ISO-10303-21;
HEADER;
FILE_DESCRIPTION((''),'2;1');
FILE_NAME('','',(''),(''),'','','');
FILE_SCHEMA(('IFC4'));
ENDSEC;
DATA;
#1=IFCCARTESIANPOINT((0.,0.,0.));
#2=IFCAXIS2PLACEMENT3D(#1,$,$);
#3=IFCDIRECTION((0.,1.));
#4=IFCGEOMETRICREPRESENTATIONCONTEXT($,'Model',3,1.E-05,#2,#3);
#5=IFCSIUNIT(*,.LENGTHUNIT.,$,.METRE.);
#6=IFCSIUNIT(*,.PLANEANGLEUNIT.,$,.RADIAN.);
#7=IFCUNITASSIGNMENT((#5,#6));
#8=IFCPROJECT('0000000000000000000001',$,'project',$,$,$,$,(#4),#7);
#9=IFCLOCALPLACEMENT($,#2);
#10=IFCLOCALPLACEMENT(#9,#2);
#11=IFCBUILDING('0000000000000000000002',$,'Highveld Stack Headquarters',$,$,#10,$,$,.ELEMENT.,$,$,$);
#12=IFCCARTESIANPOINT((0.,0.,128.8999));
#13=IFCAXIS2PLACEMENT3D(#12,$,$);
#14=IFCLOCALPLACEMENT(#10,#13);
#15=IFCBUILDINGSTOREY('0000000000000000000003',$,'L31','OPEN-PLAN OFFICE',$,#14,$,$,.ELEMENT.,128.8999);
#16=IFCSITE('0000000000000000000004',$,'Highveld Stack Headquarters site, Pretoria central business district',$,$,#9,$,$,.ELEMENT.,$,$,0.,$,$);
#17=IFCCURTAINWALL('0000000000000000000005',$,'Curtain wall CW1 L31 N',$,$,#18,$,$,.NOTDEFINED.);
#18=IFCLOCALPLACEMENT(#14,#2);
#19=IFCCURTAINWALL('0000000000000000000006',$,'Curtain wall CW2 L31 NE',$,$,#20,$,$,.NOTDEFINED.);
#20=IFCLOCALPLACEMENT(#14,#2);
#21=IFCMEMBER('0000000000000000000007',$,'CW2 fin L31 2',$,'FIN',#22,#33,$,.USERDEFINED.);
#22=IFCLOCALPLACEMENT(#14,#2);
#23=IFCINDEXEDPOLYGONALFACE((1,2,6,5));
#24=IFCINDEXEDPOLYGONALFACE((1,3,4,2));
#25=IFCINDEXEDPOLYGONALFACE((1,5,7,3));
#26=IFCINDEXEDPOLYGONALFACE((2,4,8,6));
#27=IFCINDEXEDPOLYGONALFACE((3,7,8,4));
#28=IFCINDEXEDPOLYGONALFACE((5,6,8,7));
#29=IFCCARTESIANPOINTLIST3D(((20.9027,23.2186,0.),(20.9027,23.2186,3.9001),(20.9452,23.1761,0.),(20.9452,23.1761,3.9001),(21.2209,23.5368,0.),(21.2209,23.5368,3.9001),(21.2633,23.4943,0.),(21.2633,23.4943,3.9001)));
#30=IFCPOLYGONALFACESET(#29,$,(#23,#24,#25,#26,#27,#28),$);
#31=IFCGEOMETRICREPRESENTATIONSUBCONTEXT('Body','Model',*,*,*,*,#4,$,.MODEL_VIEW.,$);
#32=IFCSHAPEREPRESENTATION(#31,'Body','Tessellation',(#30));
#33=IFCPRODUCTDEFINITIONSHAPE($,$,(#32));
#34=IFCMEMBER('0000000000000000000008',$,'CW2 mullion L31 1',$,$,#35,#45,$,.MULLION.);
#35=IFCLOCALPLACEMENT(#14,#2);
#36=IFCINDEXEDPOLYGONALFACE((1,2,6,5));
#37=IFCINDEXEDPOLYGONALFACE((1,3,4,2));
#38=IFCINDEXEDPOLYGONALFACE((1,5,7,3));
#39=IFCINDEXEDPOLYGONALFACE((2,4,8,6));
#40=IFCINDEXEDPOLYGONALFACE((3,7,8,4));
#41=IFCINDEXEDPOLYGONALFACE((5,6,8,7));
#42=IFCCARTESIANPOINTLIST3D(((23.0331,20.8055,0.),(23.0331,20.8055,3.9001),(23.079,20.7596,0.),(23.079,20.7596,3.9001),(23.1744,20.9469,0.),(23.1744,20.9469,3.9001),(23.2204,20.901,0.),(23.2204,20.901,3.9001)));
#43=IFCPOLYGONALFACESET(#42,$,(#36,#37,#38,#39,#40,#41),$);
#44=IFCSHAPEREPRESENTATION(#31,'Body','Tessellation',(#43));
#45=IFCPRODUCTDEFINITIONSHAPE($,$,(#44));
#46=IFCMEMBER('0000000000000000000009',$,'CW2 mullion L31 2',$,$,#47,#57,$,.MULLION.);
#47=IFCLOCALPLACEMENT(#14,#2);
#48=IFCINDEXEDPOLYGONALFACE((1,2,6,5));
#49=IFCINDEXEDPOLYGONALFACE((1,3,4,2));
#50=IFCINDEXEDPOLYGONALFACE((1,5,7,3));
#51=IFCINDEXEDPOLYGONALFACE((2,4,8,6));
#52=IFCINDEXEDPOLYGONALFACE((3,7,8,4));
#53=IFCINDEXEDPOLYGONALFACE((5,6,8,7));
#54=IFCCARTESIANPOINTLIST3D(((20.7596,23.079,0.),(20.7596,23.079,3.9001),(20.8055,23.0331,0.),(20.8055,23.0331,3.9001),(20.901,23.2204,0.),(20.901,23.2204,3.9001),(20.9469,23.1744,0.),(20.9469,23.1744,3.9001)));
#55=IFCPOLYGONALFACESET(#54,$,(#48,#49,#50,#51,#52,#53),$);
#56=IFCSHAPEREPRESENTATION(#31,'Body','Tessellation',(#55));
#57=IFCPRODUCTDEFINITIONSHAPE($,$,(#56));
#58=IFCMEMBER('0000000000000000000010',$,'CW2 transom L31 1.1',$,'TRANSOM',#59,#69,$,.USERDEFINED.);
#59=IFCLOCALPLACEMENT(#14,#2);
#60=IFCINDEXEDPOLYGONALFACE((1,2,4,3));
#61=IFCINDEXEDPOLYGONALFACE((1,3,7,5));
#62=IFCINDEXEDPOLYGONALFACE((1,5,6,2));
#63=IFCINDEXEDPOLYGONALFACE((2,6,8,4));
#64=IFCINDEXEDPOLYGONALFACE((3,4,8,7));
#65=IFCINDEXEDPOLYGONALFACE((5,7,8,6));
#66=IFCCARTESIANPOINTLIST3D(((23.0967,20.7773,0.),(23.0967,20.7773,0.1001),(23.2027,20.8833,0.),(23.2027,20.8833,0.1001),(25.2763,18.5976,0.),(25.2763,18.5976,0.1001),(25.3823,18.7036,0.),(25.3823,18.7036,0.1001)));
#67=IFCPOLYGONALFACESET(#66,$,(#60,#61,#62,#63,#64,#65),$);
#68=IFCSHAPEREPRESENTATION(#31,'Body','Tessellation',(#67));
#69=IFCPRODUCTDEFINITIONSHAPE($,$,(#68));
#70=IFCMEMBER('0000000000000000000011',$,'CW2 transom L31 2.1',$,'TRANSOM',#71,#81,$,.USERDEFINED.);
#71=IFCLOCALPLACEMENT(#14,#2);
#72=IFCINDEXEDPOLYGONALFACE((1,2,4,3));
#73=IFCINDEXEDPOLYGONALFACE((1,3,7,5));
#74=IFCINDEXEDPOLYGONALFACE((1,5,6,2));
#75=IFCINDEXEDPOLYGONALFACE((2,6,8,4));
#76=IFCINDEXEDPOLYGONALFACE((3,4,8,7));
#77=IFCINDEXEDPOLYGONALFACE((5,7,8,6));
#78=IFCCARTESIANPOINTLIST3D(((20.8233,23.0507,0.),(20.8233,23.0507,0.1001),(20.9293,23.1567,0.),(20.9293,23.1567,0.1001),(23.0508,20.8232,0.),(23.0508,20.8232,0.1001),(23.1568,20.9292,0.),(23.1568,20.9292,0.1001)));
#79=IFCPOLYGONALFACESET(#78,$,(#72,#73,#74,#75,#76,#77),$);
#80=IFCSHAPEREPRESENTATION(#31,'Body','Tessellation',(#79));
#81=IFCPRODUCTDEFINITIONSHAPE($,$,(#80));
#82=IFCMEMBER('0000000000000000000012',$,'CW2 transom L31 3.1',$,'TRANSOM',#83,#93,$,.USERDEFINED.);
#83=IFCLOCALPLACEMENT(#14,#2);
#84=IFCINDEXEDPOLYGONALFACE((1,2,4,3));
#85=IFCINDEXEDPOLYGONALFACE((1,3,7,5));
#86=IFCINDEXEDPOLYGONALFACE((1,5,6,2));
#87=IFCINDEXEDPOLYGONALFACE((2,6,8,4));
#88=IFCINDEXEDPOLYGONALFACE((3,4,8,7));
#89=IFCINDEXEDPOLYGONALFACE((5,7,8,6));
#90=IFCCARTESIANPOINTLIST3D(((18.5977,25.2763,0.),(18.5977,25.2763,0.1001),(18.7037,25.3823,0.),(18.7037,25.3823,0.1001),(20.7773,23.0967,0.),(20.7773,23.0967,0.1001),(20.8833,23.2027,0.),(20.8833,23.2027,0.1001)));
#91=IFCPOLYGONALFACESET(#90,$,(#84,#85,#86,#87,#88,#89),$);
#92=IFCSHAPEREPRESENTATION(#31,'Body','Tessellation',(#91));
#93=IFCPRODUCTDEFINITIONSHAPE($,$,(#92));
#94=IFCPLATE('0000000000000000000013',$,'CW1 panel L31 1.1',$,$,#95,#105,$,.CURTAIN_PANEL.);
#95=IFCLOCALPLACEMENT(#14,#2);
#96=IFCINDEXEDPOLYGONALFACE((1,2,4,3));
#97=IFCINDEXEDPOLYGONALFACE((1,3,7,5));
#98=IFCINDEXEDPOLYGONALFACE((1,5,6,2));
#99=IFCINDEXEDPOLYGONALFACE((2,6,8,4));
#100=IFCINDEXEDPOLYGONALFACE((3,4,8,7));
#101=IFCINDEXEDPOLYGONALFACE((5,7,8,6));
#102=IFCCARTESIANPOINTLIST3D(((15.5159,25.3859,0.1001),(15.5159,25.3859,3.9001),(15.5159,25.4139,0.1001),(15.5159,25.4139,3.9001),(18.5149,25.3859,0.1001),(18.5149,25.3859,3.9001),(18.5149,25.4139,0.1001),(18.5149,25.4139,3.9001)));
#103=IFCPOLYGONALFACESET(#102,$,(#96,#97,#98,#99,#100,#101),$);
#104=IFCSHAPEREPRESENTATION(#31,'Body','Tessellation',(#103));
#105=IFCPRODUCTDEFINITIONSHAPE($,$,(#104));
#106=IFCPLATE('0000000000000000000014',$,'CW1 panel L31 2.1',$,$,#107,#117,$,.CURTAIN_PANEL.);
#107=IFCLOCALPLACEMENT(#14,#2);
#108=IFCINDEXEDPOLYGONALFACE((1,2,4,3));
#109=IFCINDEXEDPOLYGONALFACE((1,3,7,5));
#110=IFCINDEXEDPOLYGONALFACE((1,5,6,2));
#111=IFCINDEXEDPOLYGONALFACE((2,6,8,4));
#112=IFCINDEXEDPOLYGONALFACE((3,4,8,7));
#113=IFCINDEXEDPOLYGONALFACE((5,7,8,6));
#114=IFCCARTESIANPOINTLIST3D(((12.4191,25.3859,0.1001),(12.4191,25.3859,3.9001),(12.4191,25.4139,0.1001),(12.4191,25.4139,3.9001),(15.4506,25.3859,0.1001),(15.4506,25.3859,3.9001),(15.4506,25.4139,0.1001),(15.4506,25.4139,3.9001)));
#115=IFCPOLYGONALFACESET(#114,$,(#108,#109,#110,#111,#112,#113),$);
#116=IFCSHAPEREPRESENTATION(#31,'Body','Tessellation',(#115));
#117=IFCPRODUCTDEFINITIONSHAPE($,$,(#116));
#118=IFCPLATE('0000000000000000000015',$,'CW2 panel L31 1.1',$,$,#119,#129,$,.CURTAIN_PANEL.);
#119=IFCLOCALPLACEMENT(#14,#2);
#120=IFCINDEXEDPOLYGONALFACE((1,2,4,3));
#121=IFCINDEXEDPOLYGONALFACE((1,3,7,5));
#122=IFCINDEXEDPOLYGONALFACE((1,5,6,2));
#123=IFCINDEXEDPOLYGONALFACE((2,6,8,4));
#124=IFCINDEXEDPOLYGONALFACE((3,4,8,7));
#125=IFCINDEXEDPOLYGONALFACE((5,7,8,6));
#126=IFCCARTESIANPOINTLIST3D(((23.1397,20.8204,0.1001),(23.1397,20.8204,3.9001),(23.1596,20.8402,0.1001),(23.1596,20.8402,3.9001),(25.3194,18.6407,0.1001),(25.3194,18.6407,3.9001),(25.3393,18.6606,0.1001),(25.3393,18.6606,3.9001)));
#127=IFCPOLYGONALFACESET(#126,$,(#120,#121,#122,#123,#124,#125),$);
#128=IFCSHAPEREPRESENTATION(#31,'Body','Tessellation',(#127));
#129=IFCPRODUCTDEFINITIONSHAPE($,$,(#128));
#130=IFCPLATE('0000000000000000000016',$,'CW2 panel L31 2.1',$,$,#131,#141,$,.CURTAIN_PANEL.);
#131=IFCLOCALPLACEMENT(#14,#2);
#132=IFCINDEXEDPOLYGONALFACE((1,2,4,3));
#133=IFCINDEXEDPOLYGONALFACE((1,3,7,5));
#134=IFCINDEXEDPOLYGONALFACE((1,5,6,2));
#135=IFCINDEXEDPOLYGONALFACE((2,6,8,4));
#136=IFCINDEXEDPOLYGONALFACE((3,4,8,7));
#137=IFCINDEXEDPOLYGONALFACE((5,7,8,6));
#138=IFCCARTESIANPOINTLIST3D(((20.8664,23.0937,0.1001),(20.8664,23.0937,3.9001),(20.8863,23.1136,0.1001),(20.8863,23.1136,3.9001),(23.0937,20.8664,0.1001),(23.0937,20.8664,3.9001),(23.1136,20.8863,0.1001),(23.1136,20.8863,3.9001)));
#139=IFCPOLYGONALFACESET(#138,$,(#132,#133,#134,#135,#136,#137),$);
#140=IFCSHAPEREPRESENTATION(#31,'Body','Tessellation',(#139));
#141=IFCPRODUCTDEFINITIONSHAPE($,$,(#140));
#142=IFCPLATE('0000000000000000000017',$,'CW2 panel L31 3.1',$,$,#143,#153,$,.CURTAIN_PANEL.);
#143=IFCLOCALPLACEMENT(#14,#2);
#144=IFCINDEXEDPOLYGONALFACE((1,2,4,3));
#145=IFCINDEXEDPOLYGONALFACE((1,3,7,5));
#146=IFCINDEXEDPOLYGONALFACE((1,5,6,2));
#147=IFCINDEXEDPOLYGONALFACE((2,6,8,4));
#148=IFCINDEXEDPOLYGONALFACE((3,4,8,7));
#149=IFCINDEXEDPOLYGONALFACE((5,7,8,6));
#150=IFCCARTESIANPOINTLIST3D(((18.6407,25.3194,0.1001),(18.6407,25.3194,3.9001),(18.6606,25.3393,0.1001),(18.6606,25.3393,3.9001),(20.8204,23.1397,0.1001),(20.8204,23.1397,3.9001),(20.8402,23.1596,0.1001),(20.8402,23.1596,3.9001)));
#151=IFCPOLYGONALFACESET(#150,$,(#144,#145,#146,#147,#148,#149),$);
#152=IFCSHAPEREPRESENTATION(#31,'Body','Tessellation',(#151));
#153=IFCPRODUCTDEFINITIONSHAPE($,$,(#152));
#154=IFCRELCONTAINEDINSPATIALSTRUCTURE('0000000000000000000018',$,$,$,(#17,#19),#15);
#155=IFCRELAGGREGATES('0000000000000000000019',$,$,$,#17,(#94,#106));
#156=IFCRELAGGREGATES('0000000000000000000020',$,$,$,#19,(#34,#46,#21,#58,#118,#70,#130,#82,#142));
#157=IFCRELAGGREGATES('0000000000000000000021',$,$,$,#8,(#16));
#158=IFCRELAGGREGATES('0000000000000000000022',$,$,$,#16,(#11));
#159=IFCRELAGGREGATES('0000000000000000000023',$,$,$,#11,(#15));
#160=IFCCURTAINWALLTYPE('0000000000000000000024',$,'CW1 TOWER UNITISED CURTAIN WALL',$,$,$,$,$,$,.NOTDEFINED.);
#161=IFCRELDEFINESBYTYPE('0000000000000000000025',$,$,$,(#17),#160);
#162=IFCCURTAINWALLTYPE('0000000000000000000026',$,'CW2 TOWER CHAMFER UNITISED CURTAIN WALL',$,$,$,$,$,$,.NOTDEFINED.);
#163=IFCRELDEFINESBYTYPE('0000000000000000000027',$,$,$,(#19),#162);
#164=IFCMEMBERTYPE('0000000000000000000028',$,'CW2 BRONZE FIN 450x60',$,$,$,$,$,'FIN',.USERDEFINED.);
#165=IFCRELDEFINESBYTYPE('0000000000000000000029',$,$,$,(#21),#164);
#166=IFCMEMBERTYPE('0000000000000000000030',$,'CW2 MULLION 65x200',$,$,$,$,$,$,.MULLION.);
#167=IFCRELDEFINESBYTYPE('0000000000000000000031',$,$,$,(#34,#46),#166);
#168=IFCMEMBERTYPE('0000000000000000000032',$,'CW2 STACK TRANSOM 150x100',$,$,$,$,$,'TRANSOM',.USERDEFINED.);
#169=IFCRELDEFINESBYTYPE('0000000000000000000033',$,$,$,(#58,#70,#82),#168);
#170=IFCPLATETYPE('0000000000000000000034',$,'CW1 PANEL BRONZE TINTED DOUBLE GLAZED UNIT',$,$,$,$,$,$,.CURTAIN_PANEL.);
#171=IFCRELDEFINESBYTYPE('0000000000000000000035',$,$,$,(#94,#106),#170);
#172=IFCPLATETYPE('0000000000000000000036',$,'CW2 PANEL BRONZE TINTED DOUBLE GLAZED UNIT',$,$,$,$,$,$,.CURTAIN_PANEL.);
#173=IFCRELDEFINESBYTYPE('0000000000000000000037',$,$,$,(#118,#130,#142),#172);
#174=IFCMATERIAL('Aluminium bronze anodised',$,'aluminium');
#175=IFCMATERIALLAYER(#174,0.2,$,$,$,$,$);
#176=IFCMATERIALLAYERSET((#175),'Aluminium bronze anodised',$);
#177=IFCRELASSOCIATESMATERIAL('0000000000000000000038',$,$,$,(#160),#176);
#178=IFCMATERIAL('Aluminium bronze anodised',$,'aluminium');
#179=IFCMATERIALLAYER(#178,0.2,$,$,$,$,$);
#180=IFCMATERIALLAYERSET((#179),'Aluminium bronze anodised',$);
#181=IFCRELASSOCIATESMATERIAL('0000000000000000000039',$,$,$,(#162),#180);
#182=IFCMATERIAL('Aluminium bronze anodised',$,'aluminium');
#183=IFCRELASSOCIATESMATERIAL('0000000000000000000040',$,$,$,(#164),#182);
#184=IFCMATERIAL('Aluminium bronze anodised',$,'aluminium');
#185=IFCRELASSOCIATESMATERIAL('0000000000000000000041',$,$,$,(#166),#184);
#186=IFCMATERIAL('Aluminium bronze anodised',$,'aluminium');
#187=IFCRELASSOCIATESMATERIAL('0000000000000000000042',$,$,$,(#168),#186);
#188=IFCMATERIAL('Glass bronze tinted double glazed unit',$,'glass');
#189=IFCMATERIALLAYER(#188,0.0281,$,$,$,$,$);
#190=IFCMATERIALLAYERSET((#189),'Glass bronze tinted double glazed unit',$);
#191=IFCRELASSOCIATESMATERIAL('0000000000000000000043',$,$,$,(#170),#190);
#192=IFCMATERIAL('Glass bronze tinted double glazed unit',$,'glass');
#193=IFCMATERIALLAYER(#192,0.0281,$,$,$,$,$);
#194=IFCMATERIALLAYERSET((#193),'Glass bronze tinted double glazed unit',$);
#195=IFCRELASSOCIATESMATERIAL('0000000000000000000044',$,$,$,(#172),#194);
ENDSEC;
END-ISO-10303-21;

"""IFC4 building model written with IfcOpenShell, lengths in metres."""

from ifc_helpers import new_model, si_unit, direction, frame, origin, origin_2d, place, context, subcontext, project, spatial, rectangle, extrude, material, layer, layer_set, material_profile, profile_set, type_object, element, aggregate, save


model = new_model("IFC4")

# Units and contexts
model_context = context("Model", 3, precision=1e-05, world=origin(), true_north=direction((0.0, 1.0)))
body_context = subcontext(model_context, "Body", "Model", "MODEL_VIEW")
ifc_project = project(units=[si_unit("LENGTHUNIT", "METRE"), si_unit("PLANEANGLEUNIT", "RADIAN")], contexts=[model_context])

# Site, building, storey
site_placement = place(None, origin())
site = spatial("IfcSite", under=ifc_project, at=site_placement, Name="Highveld Stack Headquarters site, Pretoria central business district", CompositionType="ELEMENT", RefElevation=0.0)
building_placement = place(site_placement, origin())
building = spatial("IfcBuilding", under=site, at=building_placement, Name="Highveld Stack Headquarters", CompositionType="ELEMENT")
storey_placement = place(building_placement, frame((0.0, 0.0, 128.8999)))
storey = spatial("IfcBuildingStorey", under=building, at=storey_placement, Name="L31", Description="OPEN-PLAN OFFICE", CompositionType="ELEMENT", Elevation=128.8999)

# Shared definitions
ifc_material_1 = material(Name="Aluminium bronze anodised", Category="aluminium")
ifc_layer_1 = layer(ifc_material_1, 0.2)
ifc_layer_set_1 = layer_set([ifc_layer_1], Name="Aluminium bronze anodised")
curtain_wall_type_1 = type_object("IfcCurtainWallType", Name="CW1 TOWER UNITISED CURTAIN WALL", PredefinedType="NOTDEFINED", material=ifc_layer_set_1)

# Curtain wall
curtain_wall_1_placement = place(storey_placement, origin())
curtain_wall_1 = element("IfcCurtainWall", 1, at=curtain_wall_1_placement, inside=storey, type_object=curtain_wall_type_1, Name="Curtain wall CW1 L31 N", PredefinedType="NOTDEFINED")

# Curtain wall, members
ifc_material_2 = material(Name="Aluminium bronze anodised", Category="aluminium")
ifc_layer_2 = layer(ifc_material_2, 0.2)
ifc_layer_set_2 = layer_set([ifc_layer_2], Name="Aluminium bronze anodised")
curtain_wall_type_2 = type_object("IfcCurtainWallType", Name="CW2 TOWER CHAMFER UNITISED CURTAIN WALL", PredefinedType="NOTDEFINED", material=ifc_layer_set_2)
curtain_wall_2_placement = place(storey_placement, origin())
curtain_wall_2 = element("IfcCurtainWall", 2, at=curtain_wall_2_placement, inside=storey, type_object=curtain_wall_type_2, Name="Curtain wall CW2 L31 NE", PredefinedType="NOTDEFINED")
ifc_material_3 = material(Name="Aluminium bronze anodised", Category="aluminium")
ifc_material_profile_1 = material_profile(ifc_material_3, rectangle(XDim=0.45, YDim=0.0601, at=origin_2d()), Name="FIN 450x60")
ifc_profile_set_1 = profile_set([ifc_material_profile_1], Name="Aluminium bronze anodised")
member_type_1 = type_object("IfcMemberType", Name="CW2 BRONZE FIN 450x60", ElementType="FIN", PredefinedType="USERDEFINED", material=ifc_profile_set_1)
member_1_placement = place(storey_placement, frame((21.083, 23.3564, 0.0), z_axis=(0.0, 0.0, 1.0), x_axis=(-0.707107, -0.707107, 0.0)))
member_1 = element("IfcMember", 3, at=member_1_placement, type_object=member_type_1, Name="CW2 fin L31 2", ObjectType="FIN", PredefinedType="USERDEFINED", context=body_context, shape_type="SweptSolid", body=[
    extrude(rectangle(XDim=0.45, YDim=0.0601, at=origin_2d()), origin(), (0.0, 0.0, 1.0), 3.9001),
])
ifc_material_4 = material(Name="Aluminium bronze anodised", Category="aluminium")
ifc_material_profile_2 = material_profile(ifc_material_4, rectangle(XDim=0.2, YDim=0.0649, at=origin_2d()), Name="CW2 MULLION 65x200")
ifc_profile_set_2 = profile_set([ifc_material_profile_2], Name="Aluminium bronze anodised")
member_type_2 = type_object("IfcMemberType", Name="CW2 MULLION 65x200", PredefinedType="MULLION", material=ifc_profile_set_2)
member_2_placement = place(storey_placement, frame((23.1267, 20.8533, 0.0), z_axis=(0.0, 0.0, 1.0), x_axis=(-0.707107, -0.707107, 0.0)))
member_2 = element("IfcMember", 4, at=member_2_placement, type_object=member_type_2, Name="CW2 mullion L31 1", PredefinedType="MULLION", context=body_context, shape_type="SweptSolid", body=[
    extrude(rectangle(XDim=0.2, YDim=0.0649, at=origin_2d()), origin(), (0.0, 0.0, 1.0), 3.9001),
])
member_3_placement = place(storey_placement, frame((20.8533, 23.1267, 0.0), z_axis=(0.0, 0.0, 1.0), x_axis=(-0.707107, -0.707107, 0.0)))
member_3 = element("IfcMember", 5, at=member_3_placement, type_object=member_type_2, Name="CW2 mullion L31 2", PredefinedType="MULLION", context=body_context, shape_type="SweptSolid", body=[
    extrude(rectangle(XDim=0.2, YDim=0.0649, at=origin_2d()), origin(), (0.0, 0.0, 1.0), 3.9001),
])
ifc_material_5 = material(Name="Aluminium bronze anodised", Category="aluminium")
ifc_material_profile_3 = material_profile(ifc_material_5, rectangle(XDim=0.1499, YDim=0.1001, at=origin_2d()), Name="CW2 TRANSOM 150x100")
ifc_profile_set_3 = profile_set([ifc_material_profile_3], Name="Aluminium bronze anodised")
member_type_3 = type_object("IfcMemberType", Name="CW2 STACK TRANSOM 150x100", ElementType="TRANSOM", PredefinedType="USERDEFINED", material=ifc_profile_set_3)
member_4_placement = place(storey_placement, frame((25.3293, 18.6506, 0.05), z_axis=(-0.707107, 0.707107, 0.0), x_axis=(-0.707107, -0.707107, 0.0)))
member_4 = element("IfcMember", 6, at=member_4_placement, type_object=member_type_3, Name="CW2 transom L31 1.1", ObjectType="TRANSOM", PredefinedType="USERDEFINED", context=body_context, shape_type="SweptSolid", body=[
    extrude(rectangle(XDim=0.1499, YDim=0.1001, at=origin_2d()), origin(), (0.0, 0.0, 1.0), 3.0825),
])
member_5_placement = place(storey_placement, frame((23.1038, 20.8762, 0.05), z_axis=(-0.707107, 0.707107, 0.0), x_axis=(-0.707107, -0.707107, 0.0)))
member_5 = element("IfcMember", 7, at=member_5_placement, type_object=member_type_3, Name="CW2 transom L31 2.1", ObjectType="TRANSOM", PredefinedType="USERDEFINED", context=body_context, shape_type="SweptSolid", body=[
    extrude(rectangle(XDim=0.1499, YDim=0.1001, at=origin_2d()), origin(), (0.0, 0.0, 1.0), 3.1501),
])
member_6_placement = place(storey_placement, frame((20.8303, 23.1497, 0.05), z_axis=(-0.707107, 0.707107, 0.0), x_axis=(-0.707107, -0.707107, 0.0)))
member_6 = element("IfcMember", 8, at=member_6_placement, type_object=member_type_3, Name="CW2 transom L31 3.1", ObjectType="TRANSOM", PredefinedType="USERDEFINED", context=body_context, shape_type="SweptSolid", body=[
    extrude(rectangle(XDim=0.1499, YDim=0.1001, at=origin_2d()), origin(), (0.0, 0.0, 1.0), 3.0825),
])

# Plates
ifc_material_6 = material(Name="Glass bronze tinted double glazed unit", Category="glass")
ifc_layer_3 = layer(ifc_material_6, 0.0281)
ifc_layer_set_3 = layer_set([ifc_layer_3], Name="Glass bronze tinted double glazed unit")
plate_type_1 = type_object("IfcPlateType", Name="CW1 PANEL BRONZE TINTED DOUBLE GLAZED UNIT", PredefinedType="CURTAIN_PANEL", material=ifc_layer_set_3)
plate_1_placement = place(storey_placement, frame((17.0154, 25.3999, 0.1001), z_axis=(0.0, 0.0, 1.0), x_axis=(-1.0, 0.0, 0.0)))
plate_1 = element("IfcPlate", 9, at=plate_1_placement, type_object=plate_type_1, Name="CW1 panel L31 1.1", PredefinedType="CURTAIN_PANEL", context=body_context, shape_type="SweptSolid", body=[
    extrude(rectangle(XDim=2.999, YDim=0.0281, at=origin_2d()), origin(), (0.0, 0.0, 1.0), 3.8),
])
plate_2_placement = place(storey_placement, frame((13.9348, 25.3999, 0.1001), z_axis=(0.0, 0.0, 1.0), x_axis=(-1.0, 0.0, 0.0)))
plate_2 = element("IfcPlate", 10, at=plate_2_placement, type_object=plate_type_1, Name="CW1 panel L31 2.1", PredefinedType="CURTAIN_PANEL", context=body_context, shape_type="SweptSolid", body=[
    extrude(rectangle(XDim=3.0315, YDim=0.0281, at=origin_2d()), origin(), (0.0, 0.0, 1.0), 3.8),
])
aggregate(curtain_wall_1, [plate_1, plate_2])
ifc_material_7 = material(Name="Glass bronze tinted double glazed unit", Category="glass")
ifc_layer_4 = layer(ifc_material_7, 0.0281)
ifc_layer_set_4 = layer_set([ifc_layer_4], Name="Glass bronze tinted double glazed unit")
plate_type_2 = type_object("IfcPlateType", Name="CW2 PANEL BRONZE TINTED DOUBLE GLAZED UNIT", PredefinedType="CURTAIN_PANEL", material=ifc_layer_set_4)
plate_3_placement = place(storey_placement, frame((24.2395, 19.7405, 0.1001), z_axis=(0.0, 0.0, 1.0), x_axis=(-0.707107, 0.707107, 0.0)))
plate_3 = element("IfcPlate", 11, at=plate_3_placement, type_object=plate_type_2, Name="CW2 panel L31 1.1", PredefinedType="CURTAIN_PANEL", context=body_context, shape_type="SweptSolid", body=[
    extrude(rectangle(XDim=3.0825, YDim=0.0281, at=origin_2d()), origin(), (0.0, 0.0, 1.0), 3.8),
])
plate_4_placement = place(storey_placement, frame((21.99, 21.99, 0.1001), z_axis=(0.0, 0.0, 1.0), x_axis=(-0.707107, 0.707107, 0.0)))
plate_4 = element("IfcPlate", 12, at=plate_4_placement, type_object=plate_type_2, Name="CW2 panel L31 2.1", PredefinedType="CURTAIN_PANEL", context=body_context, shape_type="SweptSolid", body=[
    extrude(rectangle(XDim=3.1499, YDim=0.0281, at=origin_2d()), origin(), (0.0, 0.0, 1.0), 3.8),
])
plate_5_placement = place(storey_placement, frame((19.7405, 24.2395, 0.1001), z_axis=(0.0, 0.0, 1.0), x_axis=(-0.707107, 0.707107, 0.0)))
plate_5 = element("IfcPlate", 13, at=plate_5_placement, type_object=plate_type_2, Name="CW2 panel L31 3.1", PredefinedType="CURTAIN_PANEL", context=body_context, shape_type="SweptSolid", body=[
    extrude(rectangle(XDim=3.0825, YDim=0.0281, at=origin_2d()), origin(), (0.0, 0.0, 1.0), 3.8),
])
aggregate(curtain_wall_2, [member_2, member_3, member_1, member_4, plate_3, member_5, plate_4, member_6, plate_5])

save(model, "model.ifc")
